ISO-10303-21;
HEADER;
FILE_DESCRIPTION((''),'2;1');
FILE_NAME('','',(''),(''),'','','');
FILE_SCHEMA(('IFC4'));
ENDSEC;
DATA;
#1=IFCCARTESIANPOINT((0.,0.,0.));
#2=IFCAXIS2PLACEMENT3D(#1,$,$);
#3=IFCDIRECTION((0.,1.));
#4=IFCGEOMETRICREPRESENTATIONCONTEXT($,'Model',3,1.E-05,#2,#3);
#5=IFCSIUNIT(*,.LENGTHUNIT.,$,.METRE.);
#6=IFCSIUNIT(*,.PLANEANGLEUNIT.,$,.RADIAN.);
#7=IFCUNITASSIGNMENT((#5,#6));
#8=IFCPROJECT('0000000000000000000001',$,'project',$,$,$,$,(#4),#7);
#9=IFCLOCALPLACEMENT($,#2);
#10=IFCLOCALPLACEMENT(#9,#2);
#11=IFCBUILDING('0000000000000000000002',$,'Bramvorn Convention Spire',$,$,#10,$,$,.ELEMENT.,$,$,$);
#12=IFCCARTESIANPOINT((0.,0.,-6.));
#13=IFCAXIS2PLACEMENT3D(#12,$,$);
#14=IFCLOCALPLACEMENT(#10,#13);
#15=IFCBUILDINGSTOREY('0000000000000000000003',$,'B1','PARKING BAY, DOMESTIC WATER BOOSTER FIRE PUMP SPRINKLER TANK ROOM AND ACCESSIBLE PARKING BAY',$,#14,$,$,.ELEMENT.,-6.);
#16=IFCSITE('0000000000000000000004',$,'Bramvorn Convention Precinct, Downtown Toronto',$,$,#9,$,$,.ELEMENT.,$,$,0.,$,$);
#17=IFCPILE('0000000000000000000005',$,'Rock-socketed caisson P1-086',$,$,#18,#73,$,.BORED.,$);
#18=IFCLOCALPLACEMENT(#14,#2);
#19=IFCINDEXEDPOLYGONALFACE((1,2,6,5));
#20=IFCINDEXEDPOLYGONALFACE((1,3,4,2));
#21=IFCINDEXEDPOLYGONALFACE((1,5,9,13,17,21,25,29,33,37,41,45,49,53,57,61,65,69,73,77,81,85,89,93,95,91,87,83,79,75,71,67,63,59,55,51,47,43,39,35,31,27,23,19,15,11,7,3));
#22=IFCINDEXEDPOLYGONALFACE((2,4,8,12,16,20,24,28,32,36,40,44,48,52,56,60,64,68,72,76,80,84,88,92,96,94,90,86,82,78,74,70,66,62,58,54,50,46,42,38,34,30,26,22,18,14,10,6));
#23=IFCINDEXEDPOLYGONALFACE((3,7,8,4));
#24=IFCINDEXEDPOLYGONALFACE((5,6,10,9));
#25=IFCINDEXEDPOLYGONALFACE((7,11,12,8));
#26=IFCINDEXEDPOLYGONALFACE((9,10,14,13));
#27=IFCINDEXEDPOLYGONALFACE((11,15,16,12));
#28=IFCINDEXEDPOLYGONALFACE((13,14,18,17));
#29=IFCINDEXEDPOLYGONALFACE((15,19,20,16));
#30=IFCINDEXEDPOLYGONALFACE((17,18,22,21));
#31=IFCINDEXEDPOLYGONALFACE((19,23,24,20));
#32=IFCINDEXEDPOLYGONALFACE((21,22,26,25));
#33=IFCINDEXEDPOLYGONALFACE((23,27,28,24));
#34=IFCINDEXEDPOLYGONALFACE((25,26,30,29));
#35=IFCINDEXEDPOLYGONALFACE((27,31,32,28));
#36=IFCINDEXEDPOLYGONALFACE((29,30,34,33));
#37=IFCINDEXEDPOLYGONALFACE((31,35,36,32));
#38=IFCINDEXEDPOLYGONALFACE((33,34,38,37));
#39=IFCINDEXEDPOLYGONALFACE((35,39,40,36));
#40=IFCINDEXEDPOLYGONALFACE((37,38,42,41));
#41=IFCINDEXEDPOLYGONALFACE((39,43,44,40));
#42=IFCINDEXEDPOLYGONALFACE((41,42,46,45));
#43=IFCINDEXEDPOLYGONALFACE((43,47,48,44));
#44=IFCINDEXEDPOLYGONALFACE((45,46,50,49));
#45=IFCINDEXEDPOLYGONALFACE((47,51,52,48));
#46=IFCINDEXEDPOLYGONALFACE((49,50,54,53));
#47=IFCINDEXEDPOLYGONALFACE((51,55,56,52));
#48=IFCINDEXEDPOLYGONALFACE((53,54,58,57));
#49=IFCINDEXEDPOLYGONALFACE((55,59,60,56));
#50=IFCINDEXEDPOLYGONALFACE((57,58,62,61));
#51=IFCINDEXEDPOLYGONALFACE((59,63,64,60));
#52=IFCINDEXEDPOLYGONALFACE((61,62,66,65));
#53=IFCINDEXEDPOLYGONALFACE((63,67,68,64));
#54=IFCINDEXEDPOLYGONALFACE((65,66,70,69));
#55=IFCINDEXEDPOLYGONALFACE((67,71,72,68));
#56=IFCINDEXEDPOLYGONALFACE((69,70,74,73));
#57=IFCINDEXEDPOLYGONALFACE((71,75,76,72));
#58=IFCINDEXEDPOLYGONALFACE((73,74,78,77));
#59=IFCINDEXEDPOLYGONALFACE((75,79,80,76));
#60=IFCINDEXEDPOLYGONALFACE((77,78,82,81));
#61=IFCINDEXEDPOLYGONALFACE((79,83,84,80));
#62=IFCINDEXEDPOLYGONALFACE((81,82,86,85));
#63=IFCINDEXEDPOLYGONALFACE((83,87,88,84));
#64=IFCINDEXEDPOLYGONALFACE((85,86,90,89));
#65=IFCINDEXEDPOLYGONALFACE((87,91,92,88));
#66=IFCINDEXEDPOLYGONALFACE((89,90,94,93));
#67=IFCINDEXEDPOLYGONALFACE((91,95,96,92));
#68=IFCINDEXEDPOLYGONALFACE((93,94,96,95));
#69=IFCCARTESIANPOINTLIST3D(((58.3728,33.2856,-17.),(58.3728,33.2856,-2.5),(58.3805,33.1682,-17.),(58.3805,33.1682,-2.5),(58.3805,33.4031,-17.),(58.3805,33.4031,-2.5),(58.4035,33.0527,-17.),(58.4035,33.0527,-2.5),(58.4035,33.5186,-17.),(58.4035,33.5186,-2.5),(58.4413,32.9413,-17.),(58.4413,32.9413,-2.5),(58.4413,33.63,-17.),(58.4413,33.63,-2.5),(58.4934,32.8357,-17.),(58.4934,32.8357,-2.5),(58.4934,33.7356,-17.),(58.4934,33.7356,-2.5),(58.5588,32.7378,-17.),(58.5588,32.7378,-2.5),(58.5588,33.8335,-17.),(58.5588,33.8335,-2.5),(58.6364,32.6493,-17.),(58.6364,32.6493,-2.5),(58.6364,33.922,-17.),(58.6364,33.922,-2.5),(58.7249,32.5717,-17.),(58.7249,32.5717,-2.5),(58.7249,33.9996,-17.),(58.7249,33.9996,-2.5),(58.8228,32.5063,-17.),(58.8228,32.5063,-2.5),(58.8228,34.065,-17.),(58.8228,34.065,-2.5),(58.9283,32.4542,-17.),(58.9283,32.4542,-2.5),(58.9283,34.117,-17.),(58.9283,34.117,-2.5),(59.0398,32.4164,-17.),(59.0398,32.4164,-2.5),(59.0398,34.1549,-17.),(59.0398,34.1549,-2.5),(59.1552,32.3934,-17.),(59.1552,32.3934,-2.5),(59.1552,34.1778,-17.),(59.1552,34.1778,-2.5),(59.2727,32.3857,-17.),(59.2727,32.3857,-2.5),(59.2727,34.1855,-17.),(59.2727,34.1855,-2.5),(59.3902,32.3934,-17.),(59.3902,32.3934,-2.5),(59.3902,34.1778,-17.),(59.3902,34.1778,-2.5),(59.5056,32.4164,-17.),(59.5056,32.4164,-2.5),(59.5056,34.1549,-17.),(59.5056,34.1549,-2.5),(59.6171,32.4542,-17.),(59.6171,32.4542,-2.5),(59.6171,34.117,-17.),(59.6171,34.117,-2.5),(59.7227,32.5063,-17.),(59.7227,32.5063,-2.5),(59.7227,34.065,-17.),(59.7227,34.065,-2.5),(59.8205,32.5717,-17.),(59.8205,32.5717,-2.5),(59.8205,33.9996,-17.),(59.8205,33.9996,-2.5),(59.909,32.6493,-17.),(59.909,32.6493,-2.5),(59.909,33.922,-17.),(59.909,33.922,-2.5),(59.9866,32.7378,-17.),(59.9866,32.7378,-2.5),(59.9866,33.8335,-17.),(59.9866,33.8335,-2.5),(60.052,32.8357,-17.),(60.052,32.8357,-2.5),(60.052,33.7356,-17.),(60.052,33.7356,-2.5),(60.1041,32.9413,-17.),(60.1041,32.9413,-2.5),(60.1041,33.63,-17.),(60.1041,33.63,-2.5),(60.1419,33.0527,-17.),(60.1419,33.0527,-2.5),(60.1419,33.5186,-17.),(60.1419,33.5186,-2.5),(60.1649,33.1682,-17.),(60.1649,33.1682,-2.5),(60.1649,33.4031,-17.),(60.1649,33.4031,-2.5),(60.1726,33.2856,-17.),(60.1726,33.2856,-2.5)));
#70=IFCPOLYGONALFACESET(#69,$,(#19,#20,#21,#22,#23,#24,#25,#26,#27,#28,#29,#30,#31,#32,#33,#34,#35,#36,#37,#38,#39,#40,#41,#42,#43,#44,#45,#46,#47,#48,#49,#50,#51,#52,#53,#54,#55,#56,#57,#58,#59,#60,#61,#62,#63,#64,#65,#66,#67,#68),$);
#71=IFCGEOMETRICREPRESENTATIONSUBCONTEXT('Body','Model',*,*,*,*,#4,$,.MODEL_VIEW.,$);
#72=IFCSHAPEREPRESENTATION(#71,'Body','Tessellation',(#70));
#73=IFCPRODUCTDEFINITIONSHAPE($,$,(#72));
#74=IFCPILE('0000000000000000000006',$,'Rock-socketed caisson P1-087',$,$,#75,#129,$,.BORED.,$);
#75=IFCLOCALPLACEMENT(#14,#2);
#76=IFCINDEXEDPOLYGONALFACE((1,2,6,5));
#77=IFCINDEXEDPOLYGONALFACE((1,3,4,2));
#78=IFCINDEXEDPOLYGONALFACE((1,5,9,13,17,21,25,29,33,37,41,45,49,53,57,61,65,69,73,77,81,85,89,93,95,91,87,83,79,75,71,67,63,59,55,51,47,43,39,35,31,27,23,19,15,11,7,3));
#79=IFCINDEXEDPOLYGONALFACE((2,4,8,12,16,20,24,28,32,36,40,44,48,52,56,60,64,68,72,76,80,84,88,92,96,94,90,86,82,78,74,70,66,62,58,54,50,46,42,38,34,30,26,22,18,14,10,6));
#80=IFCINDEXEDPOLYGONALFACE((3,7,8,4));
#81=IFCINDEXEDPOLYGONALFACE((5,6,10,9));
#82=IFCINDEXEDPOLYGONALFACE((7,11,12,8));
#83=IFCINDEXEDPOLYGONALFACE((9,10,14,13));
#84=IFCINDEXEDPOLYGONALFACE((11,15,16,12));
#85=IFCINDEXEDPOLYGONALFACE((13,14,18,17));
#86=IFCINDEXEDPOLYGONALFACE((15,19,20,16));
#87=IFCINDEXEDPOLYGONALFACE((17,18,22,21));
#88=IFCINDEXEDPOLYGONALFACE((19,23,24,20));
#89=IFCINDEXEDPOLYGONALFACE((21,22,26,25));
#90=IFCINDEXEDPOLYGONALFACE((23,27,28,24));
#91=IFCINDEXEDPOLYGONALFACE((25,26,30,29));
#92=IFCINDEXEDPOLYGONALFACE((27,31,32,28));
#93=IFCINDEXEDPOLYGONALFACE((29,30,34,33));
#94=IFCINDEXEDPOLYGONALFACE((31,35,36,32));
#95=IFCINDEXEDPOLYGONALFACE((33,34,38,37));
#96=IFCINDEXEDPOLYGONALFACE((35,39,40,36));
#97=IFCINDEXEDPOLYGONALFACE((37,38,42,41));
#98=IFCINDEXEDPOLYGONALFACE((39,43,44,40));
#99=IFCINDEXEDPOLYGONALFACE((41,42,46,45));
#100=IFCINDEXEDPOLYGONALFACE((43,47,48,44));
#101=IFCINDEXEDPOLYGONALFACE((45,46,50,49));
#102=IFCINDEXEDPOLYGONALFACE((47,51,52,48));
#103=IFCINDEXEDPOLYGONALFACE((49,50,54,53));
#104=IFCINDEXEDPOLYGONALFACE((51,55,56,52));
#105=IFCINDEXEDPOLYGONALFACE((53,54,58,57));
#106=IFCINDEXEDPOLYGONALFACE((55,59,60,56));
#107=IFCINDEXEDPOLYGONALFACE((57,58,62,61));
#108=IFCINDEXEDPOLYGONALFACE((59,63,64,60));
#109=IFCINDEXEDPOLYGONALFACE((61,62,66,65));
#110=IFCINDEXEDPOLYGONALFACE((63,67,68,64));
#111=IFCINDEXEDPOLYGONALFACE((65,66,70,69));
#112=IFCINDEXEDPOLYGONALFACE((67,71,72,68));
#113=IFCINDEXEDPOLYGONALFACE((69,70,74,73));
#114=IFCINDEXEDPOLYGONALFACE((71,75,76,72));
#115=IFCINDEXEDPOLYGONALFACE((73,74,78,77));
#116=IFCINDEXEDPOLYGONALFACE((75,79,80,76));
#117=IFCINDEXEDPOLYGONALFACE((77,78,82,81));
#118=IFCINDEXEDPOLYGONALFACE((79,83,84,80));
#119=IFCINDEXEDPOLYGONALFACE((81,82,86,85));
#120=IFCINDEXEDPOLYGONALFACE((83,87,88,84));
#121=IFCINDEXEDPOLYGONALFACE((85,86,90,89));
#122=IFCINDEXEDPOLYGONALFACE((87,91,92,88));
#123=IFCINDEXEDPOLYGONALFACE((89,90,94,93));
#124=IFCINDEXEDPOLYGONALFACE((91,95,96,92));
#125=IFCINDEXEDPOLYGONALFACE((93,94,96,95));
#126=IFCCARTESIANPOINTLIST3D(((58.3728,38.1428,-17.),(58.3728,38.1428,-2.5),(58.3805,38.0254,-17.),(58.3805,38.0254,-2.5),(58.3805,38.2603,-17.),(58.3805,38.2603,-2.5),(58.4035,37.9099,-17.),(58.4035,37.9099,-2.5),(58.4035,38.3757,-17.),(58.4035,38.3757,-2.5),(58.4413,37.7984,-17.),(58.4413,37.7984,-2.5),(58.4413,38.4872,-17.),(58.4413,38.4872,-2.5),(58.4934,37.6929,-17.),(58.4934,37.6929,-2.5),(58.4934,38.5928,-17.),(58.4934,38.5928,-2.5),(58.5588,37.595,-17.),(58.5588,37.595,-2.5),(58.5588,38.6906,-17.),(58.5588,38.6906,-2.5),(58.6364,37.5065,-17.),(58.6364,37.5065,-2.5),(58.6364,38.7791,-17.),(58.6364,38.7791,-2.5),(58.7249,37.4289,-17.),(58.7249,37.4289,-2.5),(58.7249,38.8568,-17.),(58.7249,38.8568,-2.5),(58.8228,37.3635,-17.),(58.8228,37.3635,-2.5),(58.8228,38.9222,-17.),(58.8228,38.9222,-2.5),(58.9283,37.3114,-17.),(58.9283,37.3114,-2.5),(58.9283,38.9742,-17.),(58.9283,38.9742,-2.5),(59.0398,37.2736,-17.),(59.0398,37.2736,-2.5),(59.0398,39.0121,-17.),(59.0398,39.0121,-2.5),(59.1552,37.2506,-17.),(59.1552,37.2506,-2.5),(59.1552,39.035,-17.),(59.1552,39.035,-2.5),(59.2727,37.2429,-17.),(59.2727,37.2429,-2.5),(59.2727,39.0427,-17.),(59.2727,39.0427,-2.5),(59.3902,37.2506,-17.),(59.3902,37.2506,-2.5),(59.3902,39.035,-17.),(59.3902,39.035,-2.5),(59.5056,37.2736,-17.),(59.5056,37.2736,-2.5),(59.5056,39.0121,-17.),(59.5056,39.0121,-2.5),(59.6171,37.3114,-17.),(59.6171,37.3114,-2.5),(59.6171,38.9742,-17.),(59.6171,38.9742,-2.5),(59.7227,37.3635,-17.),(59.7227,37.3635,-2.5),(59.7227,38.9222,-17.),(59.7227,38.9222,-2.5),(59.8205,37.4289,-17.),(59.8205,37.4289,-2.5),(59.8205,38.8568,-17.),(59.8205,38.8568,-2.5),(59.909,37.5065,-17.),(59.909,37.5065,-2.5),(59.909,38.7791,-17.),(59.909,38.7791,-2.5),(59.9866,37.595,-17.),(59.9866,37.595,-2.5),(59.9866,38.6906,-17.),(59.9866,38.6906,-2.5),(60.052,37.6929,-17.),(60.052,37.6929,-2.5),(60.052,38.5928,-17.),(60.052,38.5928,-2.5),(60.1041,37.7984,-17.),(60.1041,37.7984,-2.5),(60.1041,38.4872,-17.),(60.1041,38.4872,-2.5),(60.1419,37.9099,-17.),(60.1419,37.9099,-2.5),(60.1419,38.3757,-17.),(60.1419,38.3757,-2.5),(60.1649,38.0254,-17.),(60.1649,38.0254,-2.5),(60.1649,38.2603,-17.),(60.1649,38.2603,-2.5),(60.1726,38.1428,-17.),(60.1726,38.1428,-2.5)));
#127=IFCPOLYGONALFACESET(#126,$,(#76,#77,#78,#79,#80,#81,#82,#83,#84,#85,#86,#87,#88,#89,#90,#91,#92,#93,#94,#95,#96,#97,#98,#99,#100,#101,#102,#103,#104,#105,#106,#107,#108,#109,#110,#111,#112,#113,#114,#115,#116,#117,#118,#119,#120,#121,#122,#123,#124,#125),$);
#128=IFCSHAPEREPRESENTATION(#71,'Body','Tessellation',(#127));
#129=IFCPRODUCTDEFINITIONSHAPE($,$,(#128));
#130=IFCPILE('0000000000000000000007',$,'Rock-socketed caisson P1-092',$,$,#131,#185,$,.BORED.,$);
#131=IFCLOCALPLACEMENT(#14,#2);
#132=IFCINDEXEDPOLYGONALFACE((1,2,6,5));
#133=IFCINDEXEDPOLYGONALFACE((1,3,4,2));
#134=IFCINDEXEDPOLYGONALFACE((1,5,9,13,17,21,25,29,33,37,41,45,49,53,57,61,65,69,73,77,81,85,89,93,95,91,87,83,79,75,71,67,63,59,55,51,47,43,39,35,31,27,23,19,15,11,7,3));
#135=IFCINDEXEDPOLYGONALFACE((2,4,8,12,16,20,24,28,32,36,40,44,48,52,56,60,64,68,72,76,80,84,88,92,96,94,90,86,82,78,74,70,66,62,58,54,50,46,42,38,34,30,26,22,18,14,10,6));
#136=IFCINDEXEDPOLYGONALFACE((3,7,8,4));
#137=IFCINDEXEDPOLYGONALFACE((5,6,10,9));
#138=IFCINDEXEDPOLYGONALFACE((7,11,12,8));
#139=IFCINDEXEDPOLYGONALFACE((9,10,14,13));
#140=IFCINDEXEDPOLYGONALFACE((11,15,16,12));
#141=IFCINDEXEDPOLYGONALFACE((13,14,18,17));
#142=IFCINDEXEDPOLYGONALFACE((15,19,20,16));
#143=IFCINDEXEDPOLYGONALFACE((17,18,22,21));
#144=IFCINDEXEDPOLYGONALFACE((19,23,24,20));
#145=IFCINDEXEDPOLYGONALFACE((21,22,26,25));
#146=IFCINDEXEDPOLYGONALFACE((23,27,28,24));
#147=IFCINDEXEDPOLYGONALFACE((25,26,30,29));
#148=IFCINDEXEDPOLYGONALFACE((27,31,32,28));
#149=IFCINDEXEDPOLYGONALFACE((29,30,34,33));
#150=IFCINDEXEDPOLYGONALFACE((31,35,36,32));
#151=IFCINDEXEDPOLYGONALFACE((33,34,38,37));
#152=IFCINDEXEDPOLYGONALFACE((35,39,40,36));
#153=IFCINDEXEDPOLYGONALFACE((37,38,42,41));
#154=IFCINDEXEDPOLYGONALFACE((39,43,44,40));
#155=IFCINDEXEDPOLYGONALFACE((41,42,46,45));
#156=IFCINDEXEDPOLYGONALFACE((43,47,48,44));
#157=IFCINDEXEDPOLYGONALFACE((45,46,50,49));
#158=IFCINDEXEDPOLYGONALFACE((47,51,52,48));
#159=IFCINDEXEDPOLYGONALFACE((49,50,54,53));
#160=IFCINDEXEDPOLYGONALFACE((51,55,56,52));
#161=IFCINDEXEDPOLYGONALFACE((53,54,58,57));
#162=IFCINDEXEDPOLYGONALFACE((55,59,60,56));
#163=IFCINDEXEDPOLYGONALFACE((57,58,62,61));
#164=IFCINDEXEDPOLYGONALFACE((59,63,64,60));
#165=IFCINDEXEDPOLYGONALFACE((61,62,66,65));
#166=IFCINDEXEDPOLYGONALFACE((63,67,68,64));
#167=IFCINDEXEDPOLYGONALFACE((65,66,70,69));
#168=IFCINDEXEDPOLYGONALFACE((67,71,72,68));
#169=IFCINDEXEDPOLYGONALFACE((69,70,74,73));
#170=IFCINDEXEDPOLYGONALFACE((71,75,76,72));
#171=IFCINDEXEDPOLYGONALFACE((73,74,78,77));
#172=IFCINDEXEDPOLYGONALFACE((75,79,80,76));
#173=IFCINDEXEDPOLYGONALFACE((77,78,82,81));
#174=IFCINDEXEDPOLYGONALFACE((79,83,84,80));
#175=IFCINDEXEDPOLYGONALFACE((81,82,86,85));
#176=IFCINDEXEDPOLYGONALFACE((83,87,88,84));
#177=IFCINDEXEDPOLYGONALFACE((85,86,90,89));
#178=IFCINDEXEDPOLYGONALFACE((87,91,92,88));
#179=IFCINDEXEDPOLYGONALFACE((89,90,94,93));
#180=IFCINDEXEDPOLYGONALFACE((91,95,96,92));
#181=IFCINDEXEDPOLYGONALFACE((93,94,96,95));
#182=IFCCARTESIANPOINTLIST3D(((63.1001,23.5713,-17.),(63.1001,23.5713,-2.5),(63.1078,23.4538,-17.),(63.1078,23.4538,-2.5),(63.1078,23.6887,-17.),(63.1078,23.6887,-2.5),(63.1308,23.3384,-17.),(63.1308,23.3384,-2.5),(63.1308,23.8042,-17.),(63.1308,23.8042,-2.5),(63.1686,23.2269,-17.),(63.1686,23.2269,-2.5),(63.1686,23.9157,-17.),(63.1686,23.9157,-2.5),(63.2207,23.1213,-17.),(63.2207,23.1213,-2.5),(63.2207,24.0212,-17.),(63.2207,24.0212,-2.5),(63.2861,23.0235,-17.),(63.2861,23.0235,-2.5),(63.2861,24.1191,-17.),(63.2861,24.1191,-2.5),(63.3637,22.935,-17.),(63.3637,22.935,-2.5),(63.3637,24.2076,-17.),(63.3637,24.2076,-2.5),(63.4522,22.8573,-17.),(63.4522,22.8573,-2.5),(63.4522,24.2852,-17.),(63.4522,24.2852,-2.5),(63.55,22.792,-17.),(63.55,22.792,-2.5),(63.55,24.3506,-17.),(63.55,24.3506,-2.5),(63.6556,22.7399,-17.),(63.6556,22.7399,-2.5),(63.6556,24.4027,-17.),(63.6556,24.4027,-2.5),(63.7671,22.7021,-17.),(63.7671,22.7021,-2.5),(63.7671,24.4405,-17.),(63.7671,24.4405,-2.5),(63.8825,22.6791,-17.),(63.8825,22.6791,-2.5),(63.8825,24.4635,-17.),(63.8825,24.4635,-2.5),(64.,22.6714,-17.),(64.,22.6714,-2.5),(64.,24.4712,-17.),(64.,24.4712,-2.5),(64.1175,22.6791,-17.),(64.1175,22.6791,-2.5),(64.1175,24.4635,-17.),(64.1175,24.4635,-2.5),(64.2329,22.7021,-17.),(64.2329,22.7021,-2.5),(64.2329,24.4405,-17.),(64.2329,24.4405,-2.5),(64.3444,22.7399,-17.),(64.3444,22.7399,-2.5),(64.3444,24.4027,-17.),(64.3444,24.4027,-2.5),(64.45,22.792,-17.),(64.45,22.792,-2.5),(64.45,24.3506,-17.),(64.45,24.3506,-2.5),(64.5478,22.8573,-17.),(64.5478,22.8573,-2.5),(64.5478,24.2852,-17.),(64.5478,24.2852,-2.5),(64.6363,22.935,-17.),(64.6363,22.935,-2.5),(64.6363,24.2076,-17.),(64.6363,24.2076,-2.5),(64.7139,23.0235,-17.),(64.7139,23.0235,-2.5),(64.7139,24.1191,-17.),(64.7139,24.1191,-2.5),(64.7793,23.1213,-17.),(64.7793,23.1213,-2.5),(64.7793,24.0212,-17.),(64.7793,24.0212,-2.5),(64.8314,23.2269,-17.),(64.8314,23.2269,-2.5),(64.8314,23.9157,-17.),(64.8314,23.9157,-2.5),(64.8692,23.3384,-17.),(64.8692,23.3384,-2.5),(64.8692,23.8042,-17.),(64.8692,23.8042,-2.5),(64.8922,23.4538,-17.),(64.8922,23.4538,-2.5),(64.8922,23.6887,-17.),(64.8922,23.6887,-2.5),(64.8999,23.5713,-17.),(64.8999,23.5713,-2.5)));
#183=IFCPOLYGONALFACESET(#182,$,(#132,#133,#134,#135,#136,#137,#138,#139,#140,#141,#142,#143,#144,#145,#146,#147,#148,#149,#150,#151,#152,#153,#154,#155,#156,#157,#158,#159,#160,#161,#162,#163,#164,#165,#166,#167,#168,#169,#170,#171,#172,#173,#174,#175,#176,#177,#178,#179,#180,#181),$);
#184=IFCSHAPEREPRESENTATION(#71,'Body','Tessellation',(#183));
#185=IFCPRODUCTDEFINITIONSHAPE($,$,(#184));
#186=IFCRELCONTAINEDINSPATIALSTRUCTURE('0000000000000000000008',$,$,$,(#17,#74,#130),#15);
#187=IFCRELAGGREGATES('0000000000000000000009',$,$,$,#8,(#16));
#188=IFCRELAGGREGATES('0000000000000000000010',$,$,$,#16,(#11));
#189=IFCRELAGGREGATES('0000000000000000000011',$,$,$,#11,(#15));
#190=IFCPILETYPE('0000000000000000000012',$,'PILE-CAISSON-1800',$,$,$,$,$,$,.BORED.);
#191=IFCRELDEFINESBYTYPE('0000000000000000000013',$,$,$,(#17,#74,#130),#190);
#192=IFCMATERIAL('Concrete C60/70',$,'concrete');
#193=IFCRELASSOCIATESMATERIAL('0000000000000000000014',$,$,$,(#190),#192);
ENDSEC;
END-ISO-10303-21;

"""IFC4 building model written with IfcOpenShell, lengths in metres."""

from ifc_helpers import new_model, si_unit, direction, frame, origin, origin_2d, place, context, subcontext, project, spatial, circle, extrude, material, material_profile, profile_set, type_object, element, save


model = new_model("IFC4")

# Units and contexts
model_context = context("Model", 3, precision=1e-05, world=origin(), true_north=direction((0.0, 1.0)))
body_context = subcontext(model_context, "Body", "Model", "MODEL_VIEW")
ifc_project = project(units=[si_unit("LENGTHUNIT", "METRE"), si_unit("PLANEANGLEUNIT", "RADIAN")], contexts=[model_context])

# Site, building, storey
site_placement = place(None, origin())
site = spatial("IfcSite", under=ifc_project, at=site_placement, Name="Bramvorn Convention Precinct, Downtown Toronto", CompositionType="ELEMENT", RefElevation=0.0)
building_placement = place(site_placement, origin())
building = spatial("IfcBuilding", under=site, at=building_placement, Name="Bramvorn Convention Spire", CompositionType="ELEMENT")
storey_placement = place(building_placement, frame((0.0, 0.0, -6.0)))
storey = spatial("IfcBuildingStorey", under=building, at=storey_placement, Name="B1", Description="PARKING BAY, DOMESTIC WATER BOOSTER FIRE PUMP SPRINKLER TANK ROOM AND ACCESSIBLE PARKING BAY", CompositionType="ELEMENT", Elevation=-6.0)

# Shared definitions
ifc_material_1 = material(Name="Concrete C60/70", Category="concrete")

# Piles
ifc_material_profile_1 = material_profile(ifc_material_1, circle(Radius=0.8999, at=origin_2d()))
ifc_profile_set_1 = profile_set([ifc_material_profile_1], Name="Concrete C60/70 - CAISSON1800")
pile_type_1 = type_object("IfcPileType", Name="PILE-CAISSON-1800", PredefinedType="BORED", material=ifc_profile_set_1)
for number, where, z_axis, x_axis, name in (
    (1, (59.2727, 33.2856, -2.5), (0.0, 0.0, -1.0), (1.0, 0.0, 0.0), "Rock-socketed caisson P1-086"),
    (2, (59.2727, 38.1428, -2.5), (0.0, 0.0, -1.0), (1.0, 0.0, 0.0), "Rock-socketed caisson P1-087"),
    (3, (64.0, 23.5713, -2.5), (0.0, 0.0, -1.0), (1.0, 0.0, 0.0), "Rock-socketed caisson P1-092"),
):
    element("IfcPile", number, at=place(storey_placement, frame(where, z_axis=z_axis, x_axis=x_axis)), inside=storey, type_object=pile_type_1, Name=name, PredefinedType="BORED", context=body_context, shape_type="SweptSolid", body=[
        extrude(circle(Radius=0.8999, at=origin_2d()), origin(), (0.0, 0.0, 1.0), 14.5),
    ])

save(model, "model.ifc")
